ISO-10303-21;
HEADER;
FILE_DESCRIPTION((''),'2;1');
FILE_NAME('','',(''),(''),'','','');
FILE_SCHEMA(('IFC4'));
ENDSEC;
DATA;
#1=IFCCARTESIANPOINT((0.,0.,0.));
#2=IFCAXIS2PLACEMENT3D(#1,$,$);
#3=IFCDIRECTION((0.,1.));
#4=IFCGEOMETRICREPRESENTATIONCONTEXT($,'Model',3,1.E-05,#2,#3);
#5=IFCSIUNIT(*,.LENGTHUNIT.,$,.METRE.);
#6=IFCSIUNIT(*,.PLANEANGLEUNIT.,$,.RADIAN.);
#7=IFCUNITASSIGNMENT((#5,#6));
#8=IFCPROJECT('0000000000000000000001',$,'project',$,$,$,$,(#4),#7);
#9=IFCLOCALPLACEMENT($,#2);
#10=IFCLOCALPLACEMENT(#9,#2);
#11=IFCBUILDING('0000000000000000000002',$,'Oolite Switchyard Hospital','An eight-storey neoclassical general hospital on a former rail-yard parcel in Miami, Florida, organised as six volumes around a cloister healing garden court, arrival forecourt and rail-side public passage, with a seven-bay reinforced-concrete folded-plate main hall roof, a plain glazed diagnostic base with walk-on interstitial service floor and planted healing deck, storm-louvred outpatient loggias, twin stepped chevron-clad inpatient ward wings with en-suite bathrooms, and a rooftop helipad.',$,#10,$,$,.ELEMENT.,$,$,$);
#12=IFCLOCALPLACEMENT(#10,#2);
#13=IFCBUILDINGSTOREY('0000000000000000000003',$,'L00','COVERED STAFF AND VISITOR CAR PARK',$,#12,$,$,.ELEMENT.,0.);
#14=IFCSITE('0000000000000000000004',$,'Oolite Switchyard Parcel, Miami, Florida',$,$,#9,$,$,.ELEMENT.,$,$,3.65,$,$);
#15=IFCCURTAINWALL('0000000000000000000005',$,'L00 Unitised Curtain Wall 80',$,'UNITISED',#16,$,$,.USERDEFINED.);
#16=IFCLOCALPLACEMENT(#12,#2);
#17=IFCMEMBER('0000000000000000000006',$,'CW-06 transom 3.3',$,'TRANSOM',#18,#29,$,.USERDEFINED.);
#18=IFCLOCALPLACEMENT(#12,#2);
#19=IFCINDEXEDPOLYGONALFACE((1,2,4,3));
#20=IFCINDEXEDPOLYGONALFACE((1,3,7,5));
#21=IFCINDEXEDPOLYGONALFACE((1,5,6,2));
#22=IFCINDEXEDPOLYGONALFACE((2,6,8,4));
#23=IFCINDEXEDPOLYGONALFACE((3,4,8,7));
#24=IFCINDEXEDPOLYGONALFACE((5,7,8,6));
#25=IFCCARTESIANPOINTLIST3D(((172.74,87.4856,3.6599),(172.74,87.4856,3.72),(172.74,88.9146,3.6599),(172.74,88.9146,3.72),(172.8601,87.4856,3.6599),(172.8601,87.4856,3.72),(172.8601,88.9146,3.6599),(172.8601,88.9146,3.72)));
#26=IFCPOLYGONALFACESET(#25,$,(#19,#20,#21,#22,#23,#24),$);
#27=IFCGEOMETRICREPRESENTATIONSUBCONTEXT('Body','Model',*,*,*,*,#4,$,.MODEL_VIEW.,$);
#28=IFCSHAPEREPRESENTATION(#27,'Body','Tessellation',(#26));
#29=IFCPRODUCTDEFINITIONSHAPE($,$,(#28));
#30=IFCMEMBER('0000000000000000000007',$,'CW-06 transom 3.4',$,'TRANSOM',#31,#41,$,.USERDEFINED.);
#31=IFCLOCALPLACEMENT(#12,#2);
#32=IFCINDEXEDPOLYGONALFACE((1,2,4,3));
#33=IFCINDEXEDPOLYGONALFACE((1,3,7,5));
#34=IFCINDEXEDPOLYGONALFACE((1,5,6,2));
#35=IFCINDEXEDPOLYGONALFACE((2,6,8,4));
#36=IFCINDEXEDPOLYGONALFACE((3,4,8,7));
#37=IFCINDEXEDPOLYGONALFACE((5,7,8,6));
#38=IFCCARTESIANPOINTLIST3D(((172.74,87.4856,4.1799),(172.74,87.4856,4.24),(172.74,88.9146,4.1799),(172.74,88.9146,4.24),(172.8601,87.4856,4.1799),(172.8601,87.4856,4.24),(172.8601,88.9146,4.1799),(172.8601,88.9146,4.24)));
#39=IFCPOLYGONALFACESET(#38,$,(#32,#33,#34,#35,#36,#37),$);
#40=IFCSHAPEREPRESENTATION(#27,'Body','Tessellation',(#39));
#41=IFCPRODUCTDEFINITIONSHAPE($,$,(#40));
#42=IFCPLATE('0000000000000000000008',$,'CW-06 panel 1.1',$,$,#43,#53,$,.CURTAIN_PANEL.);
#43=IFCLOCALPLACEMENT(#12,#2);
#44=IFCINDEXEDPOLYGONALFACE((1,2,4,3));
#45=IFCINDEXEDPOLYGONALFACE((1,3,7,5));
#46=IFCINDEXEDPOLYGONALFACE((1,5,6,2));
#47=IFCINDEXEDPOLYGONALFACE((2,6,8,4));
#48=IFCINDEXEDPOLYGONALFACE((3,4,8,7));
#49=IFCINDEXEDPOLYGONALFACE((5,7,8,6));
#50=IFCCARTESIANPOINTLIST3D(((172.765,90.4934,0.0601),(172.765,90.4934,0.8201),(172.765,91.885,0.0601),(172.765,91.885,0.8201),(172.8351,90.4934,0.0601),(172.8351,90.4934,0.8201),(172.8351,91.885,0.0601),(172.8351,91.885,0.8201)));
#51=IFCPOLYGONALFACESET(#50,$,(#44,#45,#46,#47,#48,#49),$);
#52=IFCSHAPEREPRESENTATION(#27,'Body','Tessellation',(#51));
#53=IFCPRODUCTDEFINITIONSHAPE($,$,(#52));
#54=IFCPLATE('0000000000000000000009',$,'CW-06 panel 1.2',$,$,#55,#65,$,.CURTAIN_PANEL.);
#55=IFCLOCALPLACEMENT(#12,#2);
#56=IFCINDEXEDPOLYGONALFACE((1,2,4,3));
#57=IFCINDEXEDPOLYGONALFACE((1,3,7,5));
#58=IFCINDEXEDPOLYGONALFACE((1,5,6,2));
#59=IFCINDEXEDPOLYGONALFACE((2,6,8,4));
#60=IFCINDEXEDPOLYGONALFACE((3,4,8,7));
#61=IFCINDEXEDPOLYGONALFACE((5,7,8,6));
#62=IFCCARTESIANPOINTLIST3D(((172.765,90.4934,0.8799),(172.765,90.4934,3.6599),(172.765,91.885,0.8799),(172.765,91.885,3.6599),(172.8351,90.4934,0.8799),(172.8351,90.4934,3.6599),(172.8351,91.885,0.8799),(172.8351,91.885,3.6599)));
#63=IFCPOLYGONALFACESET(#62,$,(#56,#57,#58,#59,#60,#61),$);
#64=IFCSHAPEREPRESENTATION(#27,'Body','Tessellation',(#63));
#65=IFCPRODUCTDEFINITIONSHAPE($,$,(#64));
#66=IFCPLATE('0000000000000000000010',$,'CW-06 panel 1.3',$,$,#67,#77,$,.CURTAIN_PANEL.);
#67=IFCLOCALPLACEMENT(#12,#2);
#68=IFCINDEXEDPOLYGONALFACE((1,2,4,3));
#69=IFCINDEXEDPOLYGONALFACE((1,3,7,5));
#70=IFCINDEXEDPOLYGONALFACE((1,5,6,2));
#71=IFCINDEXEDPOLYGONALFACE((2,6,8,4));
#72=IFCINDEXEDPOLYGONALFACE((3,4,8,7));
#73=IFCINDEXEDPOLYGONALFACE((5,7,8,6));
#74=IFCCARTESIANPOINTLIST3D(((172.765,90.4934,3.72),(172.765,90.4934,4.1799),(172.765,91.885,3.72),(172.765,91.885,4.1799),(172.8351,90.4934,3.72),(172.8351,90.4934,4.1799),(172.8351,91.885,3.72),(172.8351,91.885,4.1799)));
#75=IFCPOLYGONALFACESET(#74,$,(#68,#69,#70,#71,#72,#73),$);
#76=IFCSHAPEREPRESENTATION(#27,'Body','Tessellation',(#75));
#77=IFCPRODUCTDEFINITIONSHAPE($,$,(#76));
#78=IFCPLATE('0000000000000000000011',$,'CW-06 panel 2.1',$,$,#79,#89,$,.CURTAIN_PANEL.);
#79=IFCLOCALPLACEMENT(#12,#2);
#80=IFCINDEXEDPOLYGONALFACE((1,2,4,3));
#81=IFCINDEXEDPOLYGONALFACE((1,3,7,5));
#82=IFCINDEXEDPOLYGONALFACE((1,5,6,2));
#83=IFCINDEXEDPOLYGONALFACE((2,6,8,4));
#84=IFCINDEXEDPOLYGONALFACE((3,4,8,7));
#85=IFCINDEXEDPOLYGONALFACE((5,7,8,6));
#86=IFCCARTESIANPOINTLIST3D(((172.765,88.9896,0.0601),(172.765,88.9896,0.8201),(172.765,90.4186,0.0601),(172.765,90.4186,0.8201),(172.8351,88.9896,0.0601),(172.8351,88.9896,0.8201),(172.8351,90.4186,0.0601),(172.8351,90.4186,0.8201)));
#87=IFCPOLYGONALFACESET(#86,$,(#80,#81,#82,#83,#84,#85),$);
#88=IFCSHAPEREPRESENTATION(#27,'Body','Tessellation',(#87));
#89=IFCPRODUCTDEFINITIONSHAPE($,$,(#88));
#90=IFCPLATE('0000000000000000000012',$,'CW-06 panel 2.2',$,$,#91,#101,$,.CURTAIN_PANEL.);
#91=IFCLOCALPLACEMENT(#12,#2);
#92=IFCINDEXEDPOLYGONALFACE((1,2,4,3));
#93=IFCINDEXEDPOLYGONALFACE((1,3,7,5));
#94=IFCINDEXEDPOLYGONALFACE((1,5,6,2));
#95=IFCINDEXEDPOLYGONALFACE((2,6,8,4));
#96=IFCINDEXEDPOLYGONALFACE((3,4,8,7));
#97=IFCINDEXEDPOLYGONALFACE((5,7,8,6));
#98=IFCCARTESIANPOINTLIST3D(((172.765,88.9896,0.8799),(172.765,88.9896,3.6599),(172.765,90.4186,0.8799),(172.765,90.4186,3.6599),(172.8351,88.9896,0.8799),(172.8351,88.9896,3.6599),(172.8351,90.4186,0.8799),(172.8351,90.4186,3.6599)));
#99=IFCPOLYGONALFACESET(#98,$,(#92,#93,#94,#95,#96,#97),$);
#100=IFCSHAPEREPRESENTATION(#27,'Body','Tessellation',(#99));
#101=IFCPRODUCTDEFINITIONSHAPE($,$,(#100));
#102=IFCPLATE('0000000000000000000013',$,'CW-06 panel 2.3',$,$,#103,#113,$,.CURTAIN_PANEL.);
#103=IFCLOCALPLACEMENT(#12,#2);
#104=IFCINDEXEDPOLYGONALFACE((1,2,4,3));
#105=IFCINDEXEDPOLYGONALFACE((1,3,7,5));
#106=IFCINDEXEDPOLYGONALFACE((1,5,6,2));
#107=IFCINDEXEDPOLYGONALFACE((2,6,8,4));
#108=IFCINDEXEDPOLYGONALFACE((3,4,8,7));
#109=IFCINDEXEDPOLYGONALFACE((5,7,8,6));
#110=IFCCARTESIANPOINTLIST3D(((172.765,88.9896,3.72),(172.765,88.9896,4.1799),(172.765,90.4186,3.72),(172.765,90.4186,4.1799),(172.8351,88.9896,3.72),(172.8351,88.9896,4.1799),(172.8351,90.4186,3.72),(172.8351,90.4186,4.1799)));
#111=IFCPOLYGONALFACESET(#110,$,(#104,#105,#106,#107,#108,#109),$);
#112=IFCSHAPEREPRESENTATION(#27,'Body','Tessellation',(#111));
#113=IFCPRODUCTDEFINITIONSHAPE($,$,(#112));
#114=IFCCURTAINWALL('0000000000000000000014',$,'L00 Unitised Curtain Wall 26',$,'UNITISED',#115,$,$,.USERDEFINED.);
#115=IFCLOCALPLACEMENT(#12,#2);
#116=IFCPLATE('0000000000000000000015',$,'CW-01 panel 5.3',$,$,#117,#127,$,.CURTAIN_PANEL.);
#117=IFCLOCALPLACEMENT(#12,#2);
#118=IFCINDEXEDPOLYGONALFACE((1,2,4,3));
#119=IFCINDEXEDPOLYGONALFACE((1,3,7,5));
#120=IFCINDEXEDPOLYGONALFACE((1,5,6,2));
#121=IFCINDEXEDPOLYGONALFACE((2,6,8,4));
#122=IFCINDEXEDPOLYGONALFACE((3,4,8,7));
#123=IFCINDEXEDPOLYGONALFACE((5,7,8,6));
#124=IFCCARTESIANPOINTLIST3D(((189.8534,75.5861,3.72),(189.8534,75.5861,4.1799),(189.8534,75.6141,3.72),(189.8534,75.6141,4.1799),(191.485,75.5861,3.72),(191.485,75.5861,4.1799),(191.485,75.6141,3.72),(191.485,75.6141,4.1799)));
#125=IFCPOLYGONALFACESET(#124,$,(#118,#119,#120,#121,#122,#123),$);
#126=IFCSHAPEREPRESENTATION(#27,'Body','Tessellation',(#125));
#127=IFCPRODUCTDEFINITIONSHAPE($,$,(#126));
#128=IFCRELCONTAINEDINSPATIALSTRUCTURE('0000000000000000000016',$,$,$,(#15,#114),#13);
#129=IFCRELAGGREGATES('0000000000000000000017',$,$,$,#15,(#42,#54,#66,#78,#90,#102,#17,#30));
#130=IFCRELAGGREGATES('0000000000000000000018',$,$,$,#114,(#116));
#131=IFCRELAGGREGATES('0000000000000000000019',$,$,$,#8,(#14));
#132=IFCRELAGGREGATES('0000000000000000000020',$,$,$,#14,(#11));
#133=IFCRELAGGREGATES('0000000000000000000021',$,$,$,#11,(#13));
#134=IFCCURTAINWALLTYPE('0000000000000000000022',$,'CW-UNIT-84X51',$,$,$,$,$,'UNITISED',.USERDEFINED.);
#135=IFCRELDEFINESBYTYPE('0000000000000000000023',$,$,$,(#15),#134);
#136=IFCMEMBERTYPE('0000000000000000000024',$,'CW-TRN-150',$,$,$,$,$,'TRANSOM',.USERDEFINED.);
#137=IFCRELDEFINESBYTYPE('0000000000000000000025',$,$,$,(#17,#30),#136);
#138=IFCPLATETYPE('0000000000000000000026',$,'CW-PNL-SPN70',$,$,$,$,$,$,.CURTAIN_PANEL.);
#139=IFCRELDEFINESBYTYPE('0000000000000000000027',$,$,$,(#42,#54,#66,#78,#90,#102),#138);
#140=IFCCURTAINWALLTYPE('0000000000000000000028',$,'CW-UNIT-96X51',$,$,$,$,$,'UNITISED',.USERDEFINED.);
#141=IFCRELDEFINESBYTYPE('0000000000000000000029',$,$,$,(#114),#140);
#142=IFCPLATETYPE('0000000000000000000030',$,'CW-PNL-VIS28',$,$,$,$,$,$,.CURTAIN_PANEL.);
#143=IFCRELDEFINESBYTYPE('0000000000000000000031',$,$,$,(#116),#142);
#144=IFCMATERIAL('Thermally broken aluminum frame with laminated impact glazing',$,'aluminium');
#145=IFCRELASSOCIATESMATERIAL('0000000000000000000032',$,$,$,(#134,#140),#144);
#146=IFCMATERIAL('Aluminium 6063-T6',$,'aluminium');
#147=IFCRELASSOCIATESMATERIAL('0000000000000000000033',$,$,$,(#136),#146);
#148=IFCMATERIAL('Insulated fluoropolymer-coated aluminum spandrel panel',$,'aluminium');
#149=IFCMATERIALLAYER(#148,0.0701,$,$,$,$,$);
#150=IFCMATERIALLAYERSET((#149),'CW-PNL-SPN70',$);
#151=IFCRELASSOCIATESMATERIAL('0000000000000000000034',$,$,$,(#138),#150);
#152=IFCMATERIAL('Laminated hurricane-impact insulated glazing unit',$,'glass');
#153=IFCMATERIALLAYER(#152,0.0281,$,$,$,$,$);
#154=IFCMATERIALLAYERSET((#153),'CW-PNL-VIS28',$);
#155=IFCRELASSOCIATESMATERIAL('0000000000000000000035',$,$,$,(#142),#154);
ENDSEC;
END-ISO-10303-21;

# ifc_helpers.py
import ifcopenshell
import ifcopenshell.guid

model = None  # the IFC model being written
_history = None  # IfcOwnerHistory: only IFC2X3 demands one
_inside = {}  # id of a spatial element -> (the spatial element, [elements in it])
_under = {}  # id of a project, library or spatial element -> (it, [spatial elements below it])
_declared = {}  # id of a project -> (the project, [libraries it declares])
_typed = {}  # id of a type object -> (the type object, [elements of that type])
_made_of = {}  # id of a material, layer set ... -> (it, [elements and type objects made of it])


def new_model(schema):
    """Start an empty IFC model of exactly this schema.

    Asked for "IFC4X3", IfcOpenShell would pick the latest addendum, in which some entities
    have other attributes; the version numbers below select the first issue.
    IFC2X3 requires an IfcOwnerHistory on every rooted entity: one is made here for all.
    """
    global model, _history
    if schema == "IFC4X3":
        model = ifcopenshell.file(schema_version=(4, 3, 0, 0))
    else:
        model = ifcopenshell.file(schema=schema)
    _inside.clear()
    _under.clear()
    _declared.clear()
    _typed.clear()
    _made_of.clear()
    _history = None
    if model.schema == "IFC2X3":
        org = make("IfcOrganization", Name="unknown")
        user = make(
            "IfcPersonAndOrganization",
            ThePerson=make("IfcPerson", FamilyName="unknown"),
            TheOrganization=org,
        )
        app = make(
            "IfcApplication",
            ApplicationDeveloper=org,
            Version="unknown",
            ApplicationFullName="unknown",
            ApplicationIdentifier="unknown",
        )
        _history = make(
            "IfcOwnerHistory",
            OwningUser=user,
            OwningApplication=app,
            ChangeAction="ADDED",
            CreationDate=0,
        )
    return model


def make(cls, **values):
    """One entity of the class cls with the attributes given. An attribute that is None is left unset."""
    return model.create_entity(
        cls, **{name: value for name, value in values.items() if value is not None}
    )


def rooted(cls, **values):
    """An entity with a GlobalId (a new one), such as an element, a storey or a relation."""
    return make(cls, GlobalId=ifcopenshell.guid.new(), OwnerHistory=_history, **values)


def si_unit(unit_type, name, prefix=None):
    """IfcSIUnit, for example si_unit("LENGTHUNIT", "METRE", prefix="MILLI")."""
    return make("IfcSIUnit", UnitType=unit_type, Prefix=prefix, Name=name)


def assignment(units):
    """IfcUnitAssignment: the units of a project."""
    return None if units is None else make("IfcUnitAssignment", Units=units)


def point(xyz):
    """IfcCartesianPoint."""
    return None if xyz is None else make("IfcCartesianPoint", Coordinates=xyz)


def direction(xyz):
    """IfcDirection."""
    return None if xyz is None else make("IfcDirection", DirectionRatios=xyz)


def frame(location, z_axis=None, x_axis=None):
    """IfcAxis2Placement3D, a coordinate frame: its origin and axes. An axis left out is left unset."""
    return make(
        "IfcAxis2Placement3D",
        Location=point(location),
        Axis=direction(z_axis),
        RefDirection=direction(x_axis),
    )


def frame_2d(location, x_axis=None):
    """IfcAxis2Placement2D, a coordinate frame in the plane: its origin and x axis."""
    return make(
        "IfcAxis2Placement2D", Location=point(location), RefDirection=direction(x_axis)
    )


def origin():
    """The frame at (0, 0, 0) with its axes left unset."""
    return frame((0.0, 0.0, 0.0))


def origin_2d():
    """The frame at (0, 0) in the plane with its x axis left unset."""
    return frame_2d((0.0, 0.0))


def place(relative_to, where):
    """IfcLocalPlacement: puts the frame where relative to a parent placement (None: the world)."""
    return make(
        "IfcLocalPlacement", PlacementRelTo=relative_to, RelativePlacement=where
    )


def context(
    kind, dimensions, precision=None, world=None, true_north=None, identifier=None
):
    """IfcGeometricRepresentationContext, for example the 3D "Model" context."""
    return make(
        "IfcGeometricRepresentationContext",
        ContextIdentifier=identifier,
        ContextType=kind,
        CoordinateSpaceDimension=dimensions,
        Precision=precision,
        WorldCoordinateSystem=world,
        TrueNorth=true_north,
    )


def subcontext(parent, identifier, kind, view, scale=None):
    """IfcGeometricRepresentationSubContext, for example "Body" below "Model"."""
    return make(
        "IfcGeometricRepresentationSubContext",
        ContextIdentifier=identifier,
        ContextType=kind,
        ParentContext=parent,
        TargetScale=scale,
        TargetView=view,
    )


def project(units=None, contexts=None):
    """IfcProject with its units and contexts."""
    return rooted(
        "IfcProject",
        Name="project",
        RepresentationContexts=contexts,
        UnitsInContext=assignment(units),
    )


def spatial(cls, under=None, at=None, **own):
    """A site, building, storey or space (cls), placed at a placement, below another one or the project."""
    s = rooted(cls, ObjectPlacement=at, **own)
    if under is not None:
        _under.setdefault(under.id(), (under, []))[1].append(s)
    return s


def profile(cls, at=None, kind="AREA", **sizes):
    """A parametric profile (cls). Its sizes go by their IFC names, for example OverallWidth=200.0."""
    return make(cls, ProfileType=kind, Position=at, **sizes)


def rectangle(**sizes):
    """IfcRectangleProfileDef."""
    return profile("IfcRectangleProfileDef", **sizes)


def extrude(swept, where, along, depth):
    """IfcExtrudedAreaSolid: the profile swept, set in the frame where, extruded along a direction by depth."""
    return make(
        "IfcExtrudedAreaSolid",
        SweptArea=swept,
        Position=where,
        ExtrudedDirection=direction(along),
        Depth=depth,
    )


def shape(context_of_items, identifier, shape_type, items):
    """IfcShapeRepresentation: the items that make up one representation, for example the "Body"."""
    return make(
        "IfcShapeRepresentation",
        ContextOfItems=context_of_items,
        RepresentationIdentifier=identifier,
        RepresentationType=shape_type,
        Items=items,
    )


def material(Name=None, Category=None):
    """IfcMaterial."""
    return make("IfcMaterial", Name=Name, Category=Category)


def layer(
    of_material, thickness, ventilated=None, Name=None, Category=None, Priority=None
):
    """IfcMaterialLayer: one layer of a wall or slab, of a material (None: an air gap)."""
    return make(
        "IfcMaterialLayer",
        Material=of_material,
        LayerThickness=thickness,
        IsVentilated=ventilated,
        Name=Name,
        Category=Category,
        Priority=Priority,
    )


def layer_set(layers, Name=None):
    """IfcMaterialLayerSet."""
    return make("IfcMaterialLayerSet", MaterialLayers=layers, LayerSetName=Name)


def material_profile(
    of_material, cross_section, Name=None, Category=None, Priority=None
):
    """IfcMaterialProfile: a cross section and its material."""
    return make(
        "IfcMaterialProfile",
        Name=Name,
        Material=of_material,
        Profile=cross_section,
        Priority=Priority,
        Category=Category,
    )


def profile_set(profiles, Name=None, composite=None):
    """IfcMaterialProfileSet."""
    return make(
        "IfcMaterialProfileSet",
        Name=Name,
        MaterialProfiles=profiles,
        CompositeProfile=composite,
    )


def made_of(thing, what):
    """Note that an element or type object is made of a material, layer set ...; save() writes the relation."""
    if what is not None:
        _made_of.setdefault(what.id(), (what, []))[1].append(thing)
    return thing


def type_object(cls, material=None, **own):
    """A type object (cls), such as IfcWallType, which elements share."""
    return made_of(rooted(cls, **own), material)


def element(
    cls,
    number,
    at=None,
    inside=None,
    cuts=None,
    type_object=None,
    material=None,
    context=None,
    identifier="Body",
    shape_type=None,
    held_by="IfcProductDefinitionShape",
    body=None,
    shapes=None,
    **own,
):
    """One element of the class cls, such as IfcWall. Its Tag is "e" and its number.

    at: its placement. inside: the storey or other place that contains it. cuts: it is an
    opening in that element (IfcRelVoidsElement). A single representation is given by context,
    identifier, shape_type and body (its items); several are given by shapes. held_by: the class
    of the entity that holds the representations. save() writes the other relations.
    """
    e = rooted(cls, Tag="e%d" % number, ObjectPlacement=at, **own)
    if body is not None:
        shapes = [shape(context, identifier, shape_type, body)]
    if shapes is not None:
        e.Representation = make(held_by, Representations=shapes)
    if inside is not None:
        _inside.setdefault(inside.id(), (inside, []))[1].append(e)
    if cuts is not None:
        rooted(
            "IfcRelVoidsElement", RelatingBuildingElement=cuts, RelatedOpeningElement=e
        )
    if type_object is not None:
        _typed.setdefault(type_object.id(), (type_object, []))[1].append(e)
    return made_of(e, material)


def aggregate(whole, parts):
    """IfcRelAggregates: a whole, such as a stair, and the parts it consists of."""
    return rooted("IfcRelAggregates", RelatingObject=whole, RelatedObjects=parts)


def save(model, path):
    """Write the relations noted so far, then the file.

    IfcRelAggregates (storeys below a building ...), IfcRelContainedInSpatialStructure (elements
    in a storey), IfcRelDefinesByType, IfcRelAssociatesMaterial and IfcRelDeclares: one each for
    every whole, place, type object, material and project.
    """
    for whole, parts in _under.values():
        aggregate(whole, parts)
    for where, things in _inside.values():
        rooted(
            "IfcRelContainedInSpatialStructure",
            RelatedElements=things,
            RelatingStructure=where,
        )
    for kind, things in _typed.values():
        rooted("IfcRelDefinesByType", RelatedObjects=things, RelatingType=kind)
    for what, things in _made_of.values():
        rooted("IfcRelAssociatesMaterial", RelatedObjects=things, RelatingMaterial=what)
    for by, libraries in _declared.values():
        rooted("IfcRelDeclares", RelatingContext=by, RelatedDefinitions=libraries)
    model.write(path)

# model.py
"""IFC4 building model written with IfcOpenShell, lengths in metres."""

from ifc_helpers import new_model, si_unit, direction, frame, origin, origin_2d, place, context, subcontext, project, spatial, rectangle, extrude, material, layer, layer_set, material_profile, profile_set, type_object, element, aggregate, save


model = new_model("IFC4")

# Units and contexts
model_context = context("Model", 3, precision=1e-05, world=origin(), true_north=direction((0.0, 1.0)))
body_context = subcontext(model_context, "Body", "Model", "MODEL_VIEW")
ifc_project = project(units=[si_unit("LENGTHUNIT", "METRE"), si_unit("PLANEANGLEUNIT", "RADIAN")], contexts=[model_context])

# Site, building, storey
site_placement = place(None, origin())
site = spatial("IfcSite", under=ifc_project, at=site_placement, Name="Oolite Switchyard Parcel, Miami, Florida", CompositionType="ELEMENT", RefElevation=3.65)
building_placement = place(site_placement, origin())
building = spatial("IfcBuilding", under=site, at=building_placement, Name="Oolite Switchyard Hospital", Description="An eight-storey neoclassical general hospital on a former rail-yard parcel in Miami, Florida, organised as six volumes around a cloister healing garden court, arrival forecourt and rail-side public passage, with a seven-bay reinforced-concrete folded-plate main hall roof, a plain glazed diagnostic base with walk-on interstitial service floor and planted healing deck, storm-louvred outpatient loggias, twin stepped chevron-clad inpatient ward wings with en-suite bathrooms, and a rooftop helipad.", CompositionType="ELEMENT")
storey_placement = place(building_placement, origin())
storey = spatial("IfcBuildingStorey", under=building, at=storey_placement, Name="L00", Description="COVERED STAFF AND VISITOR CAR PARK", CompositionType="ELEMENT", Elevation=0.0)

# Curtain wall, members, plates
ifc_material_1 = material(Name="Thermally broken aluminum frame with laminated impact glazing", Category="aluminium")
curtain_wall_type_1 = type_object("IfcCurtainWallType", Name="CW-UNIT-84X51", ElementType="UNITISED", PredefinedType="USERDEFINED", material=ifc_material_1)
curtain_wall_1_placement = place(storey_placement, origin())
curtain_wall_1 = element("IfcCurtainWall", 1, at=curtain_wall_1_placement, inside=storey, type_object=curtain_wall_type_1, Name="L00 Unitised Curtain Wall 80", ObjectType="UNITISED", PredefinedType="USERDEFINED")
ifc_material_2 = material(Name="Aluminium 6063-T6", Category="aluminium")
ifc_material_profile_1 = material_profile(ifc_material_2, rectangle(XDim=0.1201, YDim=0.0601, at=origin_2d()), Name="CWT60X120")
ifc_profile_set_1 = profile_set([ifc_material_profile_1], Name="Aluminium 6063-T6")
member_type_1 = type_object("IfcMemberType", Name="CW-TRN-150", ElementType="TRANSOM", PredefinedType="USERDEFINED", material=ifc_profile_set_1)
member_1_placement = place(storey_placement, frame((172.8, 88.9146, 3.6899), z_axis=(0.0, -1.0, 0.0), x_axis=(1.0, 0.0, 0.0)))
member_1 = element("IfcMember", 2, at=member_1_placement, type_object=member_type_1, Name="CW-06 transom 3.3", ObjectType="TRANSOM", PredefinedType="USERDEFINED", context=body_context, shape_type="SweptSolid", body=[
    extrude(rectangle(XDim=0.1201, YDim=0.0601, at=origin_2d()), origin(), (0.0, 0.0, 1.0), 1.429),
])
member_2_placement = place(storey_placement, frame((172.8, 88.9146, 4.21), z_axis=(0.0, -1.0, 0.0), x_axis=(1.0, 0.0, 0.0)))
member_2 = element("IfcMember", 3, at=member_2_placement, type_object=member_type_1, Name="CW-06 transom 3.4", ObjectType="TRANSOM", PredefinedType="USERDEFINED", context=body_context, shape_type="SweptSolid", body=[
    extrude(rectangle(XDim=0.1201, YDim=0.0601, at=origin_2d()), origin(), (0.0, 0.0, 1.0), 1.429),
])
ifc_material_3 = material(Name="Insulated fluoropolymer-coated aluminum spandrel panel", Category="aluminium")
ifc_layer_1 = layer(ifc_material_3, 0.0701)
ifc_layer_set_1 = layer_set([ifc_layer_1], Name="CW-PNL-SPN70")
plate_type_1 = type_object("IfcPlateType", Name="CW-PNL-SPN70", PredefinedType="CURTAIN_PANEL", material=ifc_layer_set_1)
plate_1_placement = place(storey_placement, frame((172.8, 91.1892, 0.0601), z_axis=(0.0, 0.0, 1.0), x_axis=(0.0, -1.0, 0.0)))
plate_1 = element("IfcPlate", 4, at=plate_1_placement, type_object=plate_type_1, Name="CW-06 panel 1.1", PredefinedType="CURTAIN_PANEL", context=body_context, shape_type="SweptSolid", body=[
    extrude(rectangle(XDim=1.3916, YDim=0.0701, at=origin_2d()), origin(), (0.0, 0.0, 1.0), 0.76),
])
plate_2_placement = place(storey_placement, frame((172.8, 91.1892, 0.8799), z_axis=(0.0, 0.0, 1.0), x_axis=(0.0, -1.0, 0.0)))
plate_2 = element("IfcPlate", 5, at=plate_2_placement, type_object=plate_type_1, Name="CW-06 panel 1.2", PredefinedType="CURTAIN_PANEL", context=body_context, shape_type="SweptSolid", body=[
    extrude(rectangle(XDim=1.3916, YDim=0.0701, at=origin_2d()), origin(), (0.0, 0.0, 1.0), 2.78),
])
plate_3_placement = place(storey_placement, frame((172.8, 91.1892, 3.72), z_axis=(0.0, 0.0, 1.0), x_axis=(0.0, -1.0, 0.0)))
plate_3 = element("IfcPlate", 6, at=plate_3_placement, type_object=plate_type_1, Name="CW-06 panel 1.3", PredefinedType="CURTAIN_PANEL", context=body_context, shape_type="SweptSolid", body=[
    extrude(rectangle(XDim=1.3916, YDim=0.0701, at=origin_2d()), origin(), (0.0, 0.0, 1.0), 0.46),
])
plate_4_placement = place(storey_placement, frame((172.8, 89.7041, 0.0601), z_axis=(0.0, 0.0, 1.0), x_axis=(0.0, -1.0, 0.0)))
plate_4 = element("IfcPlate", 7, at=plate_4_placement, type_object=plate_type_1, Name="CW-06 panel 2.1", PredefinedType="CURTAIN_PANEL", context=body_context, shape_type="SweptSolid", body=[
    extrude(rectangle(XDim=1.429, YDim=0.0701, at=origin_2d()), origin(), (0.0, 0.0, 1.0), 0.76),
])
plate_5_placement = place(storey_placement, frame((172.8, 89.7041, 0.8799), z_axis=(0.0, 0.0, 1.0), x_axis=(0.0, -1.0, 0.0)))
plate_5 = element("IfcPlate", 8, at=plate_5_placement, type_object=plate_type_1, Name="CW-06 panel 2.2", PredefinedType="CURTAIN_PANEL", context=body_context, shape_type="SweptSolid", body=[
    extrude(rectangle(XDim=1.429, YDim=0.0701, at=origin_2d()), origin(), (0.0, 0.0, 1.0), 2.78),
])
plate_6_placement = place(storey_placement, frame((172.8, 89.7041, 3.72), z_axis=(0.0, 0.0, 1.0), x_axis=(0.0, -1.0, 0.0)))
plate_6 = element("IfcPlate", 9, at=plate_6_placement, type_object=plate_type_1, Name="CW-06 panel 2.3", PredefinedType="CURTAIN_PANEL", context=body_context, shape_type="SweptSolid", body=[
    extrude(rectangle(XDim=1.429, YDim=0.0701, at=origin_2d()), origin(), (0.0, 0.0, 1.0), 0.46),
])
aggregate(curtain_wall_1, [plate_1, plate_2, plate_3, plate_4, plate_5, plate_6, member_1, member_2])

# Curtain wall, plate
curtain_wall_type_2 = type_object("IfcCurtainWallType", Name="CW-UNIT-96X51", ElementType="UNITISED", PredefinedType="USERDEFINED", material=ifc_material_1)
curtain_wall_2_placement = place(storey_placement, origin())
curtain_wall_2 = element("IfcCurtainWall", 10, at=curtain_wall_2_placement, inside=storey, type_object=curtain_wall_type_2, Name="L00 Unitised Curtain Wall 26", ObjectType="UNITISED", PredefinedType="USERDEFINED")
ifc_material_4 = material(Name="Laminated hurricane-impact insulated glazing unit", Category="glass")
ifc_layer_2 = layer(ifc_material_4, 0.0281)
ifc_layer_set_2 = layer_set([ifc_layer_2], Name="CW-PNL-VIS28")
plate_type_2 = type_object("IfcPlateType", Name="CW-PNL-VIS28", PredefinedType="CURTAIN_PANEL", material=ifc_layer_set_2)
plate_7_placement = place(storey_placement, frame((190.6692, 75.6001, 3.72), z_axis=(0.0, 0.0, 1.0), x_axis=(1.0, 0.0, 0.0)))
plate_7 = element("IfcPlate", 11, at=plate_7_placement, type_object=plate_type_2, Name="CW-01 panel 5.3", PredefinedType="CURTAIN_PANEL", context=body_context, shape_type="SweptSolid", body=[
    extrude(rectangle(XDim=1.6316, YDim=0.0281, at=origin_2d()), origin(), (0.0, 0.0, 1.0), 0.46),
])
aggregate(curtain_wall_2, [plate_7])

save(model, "model.ifc")
